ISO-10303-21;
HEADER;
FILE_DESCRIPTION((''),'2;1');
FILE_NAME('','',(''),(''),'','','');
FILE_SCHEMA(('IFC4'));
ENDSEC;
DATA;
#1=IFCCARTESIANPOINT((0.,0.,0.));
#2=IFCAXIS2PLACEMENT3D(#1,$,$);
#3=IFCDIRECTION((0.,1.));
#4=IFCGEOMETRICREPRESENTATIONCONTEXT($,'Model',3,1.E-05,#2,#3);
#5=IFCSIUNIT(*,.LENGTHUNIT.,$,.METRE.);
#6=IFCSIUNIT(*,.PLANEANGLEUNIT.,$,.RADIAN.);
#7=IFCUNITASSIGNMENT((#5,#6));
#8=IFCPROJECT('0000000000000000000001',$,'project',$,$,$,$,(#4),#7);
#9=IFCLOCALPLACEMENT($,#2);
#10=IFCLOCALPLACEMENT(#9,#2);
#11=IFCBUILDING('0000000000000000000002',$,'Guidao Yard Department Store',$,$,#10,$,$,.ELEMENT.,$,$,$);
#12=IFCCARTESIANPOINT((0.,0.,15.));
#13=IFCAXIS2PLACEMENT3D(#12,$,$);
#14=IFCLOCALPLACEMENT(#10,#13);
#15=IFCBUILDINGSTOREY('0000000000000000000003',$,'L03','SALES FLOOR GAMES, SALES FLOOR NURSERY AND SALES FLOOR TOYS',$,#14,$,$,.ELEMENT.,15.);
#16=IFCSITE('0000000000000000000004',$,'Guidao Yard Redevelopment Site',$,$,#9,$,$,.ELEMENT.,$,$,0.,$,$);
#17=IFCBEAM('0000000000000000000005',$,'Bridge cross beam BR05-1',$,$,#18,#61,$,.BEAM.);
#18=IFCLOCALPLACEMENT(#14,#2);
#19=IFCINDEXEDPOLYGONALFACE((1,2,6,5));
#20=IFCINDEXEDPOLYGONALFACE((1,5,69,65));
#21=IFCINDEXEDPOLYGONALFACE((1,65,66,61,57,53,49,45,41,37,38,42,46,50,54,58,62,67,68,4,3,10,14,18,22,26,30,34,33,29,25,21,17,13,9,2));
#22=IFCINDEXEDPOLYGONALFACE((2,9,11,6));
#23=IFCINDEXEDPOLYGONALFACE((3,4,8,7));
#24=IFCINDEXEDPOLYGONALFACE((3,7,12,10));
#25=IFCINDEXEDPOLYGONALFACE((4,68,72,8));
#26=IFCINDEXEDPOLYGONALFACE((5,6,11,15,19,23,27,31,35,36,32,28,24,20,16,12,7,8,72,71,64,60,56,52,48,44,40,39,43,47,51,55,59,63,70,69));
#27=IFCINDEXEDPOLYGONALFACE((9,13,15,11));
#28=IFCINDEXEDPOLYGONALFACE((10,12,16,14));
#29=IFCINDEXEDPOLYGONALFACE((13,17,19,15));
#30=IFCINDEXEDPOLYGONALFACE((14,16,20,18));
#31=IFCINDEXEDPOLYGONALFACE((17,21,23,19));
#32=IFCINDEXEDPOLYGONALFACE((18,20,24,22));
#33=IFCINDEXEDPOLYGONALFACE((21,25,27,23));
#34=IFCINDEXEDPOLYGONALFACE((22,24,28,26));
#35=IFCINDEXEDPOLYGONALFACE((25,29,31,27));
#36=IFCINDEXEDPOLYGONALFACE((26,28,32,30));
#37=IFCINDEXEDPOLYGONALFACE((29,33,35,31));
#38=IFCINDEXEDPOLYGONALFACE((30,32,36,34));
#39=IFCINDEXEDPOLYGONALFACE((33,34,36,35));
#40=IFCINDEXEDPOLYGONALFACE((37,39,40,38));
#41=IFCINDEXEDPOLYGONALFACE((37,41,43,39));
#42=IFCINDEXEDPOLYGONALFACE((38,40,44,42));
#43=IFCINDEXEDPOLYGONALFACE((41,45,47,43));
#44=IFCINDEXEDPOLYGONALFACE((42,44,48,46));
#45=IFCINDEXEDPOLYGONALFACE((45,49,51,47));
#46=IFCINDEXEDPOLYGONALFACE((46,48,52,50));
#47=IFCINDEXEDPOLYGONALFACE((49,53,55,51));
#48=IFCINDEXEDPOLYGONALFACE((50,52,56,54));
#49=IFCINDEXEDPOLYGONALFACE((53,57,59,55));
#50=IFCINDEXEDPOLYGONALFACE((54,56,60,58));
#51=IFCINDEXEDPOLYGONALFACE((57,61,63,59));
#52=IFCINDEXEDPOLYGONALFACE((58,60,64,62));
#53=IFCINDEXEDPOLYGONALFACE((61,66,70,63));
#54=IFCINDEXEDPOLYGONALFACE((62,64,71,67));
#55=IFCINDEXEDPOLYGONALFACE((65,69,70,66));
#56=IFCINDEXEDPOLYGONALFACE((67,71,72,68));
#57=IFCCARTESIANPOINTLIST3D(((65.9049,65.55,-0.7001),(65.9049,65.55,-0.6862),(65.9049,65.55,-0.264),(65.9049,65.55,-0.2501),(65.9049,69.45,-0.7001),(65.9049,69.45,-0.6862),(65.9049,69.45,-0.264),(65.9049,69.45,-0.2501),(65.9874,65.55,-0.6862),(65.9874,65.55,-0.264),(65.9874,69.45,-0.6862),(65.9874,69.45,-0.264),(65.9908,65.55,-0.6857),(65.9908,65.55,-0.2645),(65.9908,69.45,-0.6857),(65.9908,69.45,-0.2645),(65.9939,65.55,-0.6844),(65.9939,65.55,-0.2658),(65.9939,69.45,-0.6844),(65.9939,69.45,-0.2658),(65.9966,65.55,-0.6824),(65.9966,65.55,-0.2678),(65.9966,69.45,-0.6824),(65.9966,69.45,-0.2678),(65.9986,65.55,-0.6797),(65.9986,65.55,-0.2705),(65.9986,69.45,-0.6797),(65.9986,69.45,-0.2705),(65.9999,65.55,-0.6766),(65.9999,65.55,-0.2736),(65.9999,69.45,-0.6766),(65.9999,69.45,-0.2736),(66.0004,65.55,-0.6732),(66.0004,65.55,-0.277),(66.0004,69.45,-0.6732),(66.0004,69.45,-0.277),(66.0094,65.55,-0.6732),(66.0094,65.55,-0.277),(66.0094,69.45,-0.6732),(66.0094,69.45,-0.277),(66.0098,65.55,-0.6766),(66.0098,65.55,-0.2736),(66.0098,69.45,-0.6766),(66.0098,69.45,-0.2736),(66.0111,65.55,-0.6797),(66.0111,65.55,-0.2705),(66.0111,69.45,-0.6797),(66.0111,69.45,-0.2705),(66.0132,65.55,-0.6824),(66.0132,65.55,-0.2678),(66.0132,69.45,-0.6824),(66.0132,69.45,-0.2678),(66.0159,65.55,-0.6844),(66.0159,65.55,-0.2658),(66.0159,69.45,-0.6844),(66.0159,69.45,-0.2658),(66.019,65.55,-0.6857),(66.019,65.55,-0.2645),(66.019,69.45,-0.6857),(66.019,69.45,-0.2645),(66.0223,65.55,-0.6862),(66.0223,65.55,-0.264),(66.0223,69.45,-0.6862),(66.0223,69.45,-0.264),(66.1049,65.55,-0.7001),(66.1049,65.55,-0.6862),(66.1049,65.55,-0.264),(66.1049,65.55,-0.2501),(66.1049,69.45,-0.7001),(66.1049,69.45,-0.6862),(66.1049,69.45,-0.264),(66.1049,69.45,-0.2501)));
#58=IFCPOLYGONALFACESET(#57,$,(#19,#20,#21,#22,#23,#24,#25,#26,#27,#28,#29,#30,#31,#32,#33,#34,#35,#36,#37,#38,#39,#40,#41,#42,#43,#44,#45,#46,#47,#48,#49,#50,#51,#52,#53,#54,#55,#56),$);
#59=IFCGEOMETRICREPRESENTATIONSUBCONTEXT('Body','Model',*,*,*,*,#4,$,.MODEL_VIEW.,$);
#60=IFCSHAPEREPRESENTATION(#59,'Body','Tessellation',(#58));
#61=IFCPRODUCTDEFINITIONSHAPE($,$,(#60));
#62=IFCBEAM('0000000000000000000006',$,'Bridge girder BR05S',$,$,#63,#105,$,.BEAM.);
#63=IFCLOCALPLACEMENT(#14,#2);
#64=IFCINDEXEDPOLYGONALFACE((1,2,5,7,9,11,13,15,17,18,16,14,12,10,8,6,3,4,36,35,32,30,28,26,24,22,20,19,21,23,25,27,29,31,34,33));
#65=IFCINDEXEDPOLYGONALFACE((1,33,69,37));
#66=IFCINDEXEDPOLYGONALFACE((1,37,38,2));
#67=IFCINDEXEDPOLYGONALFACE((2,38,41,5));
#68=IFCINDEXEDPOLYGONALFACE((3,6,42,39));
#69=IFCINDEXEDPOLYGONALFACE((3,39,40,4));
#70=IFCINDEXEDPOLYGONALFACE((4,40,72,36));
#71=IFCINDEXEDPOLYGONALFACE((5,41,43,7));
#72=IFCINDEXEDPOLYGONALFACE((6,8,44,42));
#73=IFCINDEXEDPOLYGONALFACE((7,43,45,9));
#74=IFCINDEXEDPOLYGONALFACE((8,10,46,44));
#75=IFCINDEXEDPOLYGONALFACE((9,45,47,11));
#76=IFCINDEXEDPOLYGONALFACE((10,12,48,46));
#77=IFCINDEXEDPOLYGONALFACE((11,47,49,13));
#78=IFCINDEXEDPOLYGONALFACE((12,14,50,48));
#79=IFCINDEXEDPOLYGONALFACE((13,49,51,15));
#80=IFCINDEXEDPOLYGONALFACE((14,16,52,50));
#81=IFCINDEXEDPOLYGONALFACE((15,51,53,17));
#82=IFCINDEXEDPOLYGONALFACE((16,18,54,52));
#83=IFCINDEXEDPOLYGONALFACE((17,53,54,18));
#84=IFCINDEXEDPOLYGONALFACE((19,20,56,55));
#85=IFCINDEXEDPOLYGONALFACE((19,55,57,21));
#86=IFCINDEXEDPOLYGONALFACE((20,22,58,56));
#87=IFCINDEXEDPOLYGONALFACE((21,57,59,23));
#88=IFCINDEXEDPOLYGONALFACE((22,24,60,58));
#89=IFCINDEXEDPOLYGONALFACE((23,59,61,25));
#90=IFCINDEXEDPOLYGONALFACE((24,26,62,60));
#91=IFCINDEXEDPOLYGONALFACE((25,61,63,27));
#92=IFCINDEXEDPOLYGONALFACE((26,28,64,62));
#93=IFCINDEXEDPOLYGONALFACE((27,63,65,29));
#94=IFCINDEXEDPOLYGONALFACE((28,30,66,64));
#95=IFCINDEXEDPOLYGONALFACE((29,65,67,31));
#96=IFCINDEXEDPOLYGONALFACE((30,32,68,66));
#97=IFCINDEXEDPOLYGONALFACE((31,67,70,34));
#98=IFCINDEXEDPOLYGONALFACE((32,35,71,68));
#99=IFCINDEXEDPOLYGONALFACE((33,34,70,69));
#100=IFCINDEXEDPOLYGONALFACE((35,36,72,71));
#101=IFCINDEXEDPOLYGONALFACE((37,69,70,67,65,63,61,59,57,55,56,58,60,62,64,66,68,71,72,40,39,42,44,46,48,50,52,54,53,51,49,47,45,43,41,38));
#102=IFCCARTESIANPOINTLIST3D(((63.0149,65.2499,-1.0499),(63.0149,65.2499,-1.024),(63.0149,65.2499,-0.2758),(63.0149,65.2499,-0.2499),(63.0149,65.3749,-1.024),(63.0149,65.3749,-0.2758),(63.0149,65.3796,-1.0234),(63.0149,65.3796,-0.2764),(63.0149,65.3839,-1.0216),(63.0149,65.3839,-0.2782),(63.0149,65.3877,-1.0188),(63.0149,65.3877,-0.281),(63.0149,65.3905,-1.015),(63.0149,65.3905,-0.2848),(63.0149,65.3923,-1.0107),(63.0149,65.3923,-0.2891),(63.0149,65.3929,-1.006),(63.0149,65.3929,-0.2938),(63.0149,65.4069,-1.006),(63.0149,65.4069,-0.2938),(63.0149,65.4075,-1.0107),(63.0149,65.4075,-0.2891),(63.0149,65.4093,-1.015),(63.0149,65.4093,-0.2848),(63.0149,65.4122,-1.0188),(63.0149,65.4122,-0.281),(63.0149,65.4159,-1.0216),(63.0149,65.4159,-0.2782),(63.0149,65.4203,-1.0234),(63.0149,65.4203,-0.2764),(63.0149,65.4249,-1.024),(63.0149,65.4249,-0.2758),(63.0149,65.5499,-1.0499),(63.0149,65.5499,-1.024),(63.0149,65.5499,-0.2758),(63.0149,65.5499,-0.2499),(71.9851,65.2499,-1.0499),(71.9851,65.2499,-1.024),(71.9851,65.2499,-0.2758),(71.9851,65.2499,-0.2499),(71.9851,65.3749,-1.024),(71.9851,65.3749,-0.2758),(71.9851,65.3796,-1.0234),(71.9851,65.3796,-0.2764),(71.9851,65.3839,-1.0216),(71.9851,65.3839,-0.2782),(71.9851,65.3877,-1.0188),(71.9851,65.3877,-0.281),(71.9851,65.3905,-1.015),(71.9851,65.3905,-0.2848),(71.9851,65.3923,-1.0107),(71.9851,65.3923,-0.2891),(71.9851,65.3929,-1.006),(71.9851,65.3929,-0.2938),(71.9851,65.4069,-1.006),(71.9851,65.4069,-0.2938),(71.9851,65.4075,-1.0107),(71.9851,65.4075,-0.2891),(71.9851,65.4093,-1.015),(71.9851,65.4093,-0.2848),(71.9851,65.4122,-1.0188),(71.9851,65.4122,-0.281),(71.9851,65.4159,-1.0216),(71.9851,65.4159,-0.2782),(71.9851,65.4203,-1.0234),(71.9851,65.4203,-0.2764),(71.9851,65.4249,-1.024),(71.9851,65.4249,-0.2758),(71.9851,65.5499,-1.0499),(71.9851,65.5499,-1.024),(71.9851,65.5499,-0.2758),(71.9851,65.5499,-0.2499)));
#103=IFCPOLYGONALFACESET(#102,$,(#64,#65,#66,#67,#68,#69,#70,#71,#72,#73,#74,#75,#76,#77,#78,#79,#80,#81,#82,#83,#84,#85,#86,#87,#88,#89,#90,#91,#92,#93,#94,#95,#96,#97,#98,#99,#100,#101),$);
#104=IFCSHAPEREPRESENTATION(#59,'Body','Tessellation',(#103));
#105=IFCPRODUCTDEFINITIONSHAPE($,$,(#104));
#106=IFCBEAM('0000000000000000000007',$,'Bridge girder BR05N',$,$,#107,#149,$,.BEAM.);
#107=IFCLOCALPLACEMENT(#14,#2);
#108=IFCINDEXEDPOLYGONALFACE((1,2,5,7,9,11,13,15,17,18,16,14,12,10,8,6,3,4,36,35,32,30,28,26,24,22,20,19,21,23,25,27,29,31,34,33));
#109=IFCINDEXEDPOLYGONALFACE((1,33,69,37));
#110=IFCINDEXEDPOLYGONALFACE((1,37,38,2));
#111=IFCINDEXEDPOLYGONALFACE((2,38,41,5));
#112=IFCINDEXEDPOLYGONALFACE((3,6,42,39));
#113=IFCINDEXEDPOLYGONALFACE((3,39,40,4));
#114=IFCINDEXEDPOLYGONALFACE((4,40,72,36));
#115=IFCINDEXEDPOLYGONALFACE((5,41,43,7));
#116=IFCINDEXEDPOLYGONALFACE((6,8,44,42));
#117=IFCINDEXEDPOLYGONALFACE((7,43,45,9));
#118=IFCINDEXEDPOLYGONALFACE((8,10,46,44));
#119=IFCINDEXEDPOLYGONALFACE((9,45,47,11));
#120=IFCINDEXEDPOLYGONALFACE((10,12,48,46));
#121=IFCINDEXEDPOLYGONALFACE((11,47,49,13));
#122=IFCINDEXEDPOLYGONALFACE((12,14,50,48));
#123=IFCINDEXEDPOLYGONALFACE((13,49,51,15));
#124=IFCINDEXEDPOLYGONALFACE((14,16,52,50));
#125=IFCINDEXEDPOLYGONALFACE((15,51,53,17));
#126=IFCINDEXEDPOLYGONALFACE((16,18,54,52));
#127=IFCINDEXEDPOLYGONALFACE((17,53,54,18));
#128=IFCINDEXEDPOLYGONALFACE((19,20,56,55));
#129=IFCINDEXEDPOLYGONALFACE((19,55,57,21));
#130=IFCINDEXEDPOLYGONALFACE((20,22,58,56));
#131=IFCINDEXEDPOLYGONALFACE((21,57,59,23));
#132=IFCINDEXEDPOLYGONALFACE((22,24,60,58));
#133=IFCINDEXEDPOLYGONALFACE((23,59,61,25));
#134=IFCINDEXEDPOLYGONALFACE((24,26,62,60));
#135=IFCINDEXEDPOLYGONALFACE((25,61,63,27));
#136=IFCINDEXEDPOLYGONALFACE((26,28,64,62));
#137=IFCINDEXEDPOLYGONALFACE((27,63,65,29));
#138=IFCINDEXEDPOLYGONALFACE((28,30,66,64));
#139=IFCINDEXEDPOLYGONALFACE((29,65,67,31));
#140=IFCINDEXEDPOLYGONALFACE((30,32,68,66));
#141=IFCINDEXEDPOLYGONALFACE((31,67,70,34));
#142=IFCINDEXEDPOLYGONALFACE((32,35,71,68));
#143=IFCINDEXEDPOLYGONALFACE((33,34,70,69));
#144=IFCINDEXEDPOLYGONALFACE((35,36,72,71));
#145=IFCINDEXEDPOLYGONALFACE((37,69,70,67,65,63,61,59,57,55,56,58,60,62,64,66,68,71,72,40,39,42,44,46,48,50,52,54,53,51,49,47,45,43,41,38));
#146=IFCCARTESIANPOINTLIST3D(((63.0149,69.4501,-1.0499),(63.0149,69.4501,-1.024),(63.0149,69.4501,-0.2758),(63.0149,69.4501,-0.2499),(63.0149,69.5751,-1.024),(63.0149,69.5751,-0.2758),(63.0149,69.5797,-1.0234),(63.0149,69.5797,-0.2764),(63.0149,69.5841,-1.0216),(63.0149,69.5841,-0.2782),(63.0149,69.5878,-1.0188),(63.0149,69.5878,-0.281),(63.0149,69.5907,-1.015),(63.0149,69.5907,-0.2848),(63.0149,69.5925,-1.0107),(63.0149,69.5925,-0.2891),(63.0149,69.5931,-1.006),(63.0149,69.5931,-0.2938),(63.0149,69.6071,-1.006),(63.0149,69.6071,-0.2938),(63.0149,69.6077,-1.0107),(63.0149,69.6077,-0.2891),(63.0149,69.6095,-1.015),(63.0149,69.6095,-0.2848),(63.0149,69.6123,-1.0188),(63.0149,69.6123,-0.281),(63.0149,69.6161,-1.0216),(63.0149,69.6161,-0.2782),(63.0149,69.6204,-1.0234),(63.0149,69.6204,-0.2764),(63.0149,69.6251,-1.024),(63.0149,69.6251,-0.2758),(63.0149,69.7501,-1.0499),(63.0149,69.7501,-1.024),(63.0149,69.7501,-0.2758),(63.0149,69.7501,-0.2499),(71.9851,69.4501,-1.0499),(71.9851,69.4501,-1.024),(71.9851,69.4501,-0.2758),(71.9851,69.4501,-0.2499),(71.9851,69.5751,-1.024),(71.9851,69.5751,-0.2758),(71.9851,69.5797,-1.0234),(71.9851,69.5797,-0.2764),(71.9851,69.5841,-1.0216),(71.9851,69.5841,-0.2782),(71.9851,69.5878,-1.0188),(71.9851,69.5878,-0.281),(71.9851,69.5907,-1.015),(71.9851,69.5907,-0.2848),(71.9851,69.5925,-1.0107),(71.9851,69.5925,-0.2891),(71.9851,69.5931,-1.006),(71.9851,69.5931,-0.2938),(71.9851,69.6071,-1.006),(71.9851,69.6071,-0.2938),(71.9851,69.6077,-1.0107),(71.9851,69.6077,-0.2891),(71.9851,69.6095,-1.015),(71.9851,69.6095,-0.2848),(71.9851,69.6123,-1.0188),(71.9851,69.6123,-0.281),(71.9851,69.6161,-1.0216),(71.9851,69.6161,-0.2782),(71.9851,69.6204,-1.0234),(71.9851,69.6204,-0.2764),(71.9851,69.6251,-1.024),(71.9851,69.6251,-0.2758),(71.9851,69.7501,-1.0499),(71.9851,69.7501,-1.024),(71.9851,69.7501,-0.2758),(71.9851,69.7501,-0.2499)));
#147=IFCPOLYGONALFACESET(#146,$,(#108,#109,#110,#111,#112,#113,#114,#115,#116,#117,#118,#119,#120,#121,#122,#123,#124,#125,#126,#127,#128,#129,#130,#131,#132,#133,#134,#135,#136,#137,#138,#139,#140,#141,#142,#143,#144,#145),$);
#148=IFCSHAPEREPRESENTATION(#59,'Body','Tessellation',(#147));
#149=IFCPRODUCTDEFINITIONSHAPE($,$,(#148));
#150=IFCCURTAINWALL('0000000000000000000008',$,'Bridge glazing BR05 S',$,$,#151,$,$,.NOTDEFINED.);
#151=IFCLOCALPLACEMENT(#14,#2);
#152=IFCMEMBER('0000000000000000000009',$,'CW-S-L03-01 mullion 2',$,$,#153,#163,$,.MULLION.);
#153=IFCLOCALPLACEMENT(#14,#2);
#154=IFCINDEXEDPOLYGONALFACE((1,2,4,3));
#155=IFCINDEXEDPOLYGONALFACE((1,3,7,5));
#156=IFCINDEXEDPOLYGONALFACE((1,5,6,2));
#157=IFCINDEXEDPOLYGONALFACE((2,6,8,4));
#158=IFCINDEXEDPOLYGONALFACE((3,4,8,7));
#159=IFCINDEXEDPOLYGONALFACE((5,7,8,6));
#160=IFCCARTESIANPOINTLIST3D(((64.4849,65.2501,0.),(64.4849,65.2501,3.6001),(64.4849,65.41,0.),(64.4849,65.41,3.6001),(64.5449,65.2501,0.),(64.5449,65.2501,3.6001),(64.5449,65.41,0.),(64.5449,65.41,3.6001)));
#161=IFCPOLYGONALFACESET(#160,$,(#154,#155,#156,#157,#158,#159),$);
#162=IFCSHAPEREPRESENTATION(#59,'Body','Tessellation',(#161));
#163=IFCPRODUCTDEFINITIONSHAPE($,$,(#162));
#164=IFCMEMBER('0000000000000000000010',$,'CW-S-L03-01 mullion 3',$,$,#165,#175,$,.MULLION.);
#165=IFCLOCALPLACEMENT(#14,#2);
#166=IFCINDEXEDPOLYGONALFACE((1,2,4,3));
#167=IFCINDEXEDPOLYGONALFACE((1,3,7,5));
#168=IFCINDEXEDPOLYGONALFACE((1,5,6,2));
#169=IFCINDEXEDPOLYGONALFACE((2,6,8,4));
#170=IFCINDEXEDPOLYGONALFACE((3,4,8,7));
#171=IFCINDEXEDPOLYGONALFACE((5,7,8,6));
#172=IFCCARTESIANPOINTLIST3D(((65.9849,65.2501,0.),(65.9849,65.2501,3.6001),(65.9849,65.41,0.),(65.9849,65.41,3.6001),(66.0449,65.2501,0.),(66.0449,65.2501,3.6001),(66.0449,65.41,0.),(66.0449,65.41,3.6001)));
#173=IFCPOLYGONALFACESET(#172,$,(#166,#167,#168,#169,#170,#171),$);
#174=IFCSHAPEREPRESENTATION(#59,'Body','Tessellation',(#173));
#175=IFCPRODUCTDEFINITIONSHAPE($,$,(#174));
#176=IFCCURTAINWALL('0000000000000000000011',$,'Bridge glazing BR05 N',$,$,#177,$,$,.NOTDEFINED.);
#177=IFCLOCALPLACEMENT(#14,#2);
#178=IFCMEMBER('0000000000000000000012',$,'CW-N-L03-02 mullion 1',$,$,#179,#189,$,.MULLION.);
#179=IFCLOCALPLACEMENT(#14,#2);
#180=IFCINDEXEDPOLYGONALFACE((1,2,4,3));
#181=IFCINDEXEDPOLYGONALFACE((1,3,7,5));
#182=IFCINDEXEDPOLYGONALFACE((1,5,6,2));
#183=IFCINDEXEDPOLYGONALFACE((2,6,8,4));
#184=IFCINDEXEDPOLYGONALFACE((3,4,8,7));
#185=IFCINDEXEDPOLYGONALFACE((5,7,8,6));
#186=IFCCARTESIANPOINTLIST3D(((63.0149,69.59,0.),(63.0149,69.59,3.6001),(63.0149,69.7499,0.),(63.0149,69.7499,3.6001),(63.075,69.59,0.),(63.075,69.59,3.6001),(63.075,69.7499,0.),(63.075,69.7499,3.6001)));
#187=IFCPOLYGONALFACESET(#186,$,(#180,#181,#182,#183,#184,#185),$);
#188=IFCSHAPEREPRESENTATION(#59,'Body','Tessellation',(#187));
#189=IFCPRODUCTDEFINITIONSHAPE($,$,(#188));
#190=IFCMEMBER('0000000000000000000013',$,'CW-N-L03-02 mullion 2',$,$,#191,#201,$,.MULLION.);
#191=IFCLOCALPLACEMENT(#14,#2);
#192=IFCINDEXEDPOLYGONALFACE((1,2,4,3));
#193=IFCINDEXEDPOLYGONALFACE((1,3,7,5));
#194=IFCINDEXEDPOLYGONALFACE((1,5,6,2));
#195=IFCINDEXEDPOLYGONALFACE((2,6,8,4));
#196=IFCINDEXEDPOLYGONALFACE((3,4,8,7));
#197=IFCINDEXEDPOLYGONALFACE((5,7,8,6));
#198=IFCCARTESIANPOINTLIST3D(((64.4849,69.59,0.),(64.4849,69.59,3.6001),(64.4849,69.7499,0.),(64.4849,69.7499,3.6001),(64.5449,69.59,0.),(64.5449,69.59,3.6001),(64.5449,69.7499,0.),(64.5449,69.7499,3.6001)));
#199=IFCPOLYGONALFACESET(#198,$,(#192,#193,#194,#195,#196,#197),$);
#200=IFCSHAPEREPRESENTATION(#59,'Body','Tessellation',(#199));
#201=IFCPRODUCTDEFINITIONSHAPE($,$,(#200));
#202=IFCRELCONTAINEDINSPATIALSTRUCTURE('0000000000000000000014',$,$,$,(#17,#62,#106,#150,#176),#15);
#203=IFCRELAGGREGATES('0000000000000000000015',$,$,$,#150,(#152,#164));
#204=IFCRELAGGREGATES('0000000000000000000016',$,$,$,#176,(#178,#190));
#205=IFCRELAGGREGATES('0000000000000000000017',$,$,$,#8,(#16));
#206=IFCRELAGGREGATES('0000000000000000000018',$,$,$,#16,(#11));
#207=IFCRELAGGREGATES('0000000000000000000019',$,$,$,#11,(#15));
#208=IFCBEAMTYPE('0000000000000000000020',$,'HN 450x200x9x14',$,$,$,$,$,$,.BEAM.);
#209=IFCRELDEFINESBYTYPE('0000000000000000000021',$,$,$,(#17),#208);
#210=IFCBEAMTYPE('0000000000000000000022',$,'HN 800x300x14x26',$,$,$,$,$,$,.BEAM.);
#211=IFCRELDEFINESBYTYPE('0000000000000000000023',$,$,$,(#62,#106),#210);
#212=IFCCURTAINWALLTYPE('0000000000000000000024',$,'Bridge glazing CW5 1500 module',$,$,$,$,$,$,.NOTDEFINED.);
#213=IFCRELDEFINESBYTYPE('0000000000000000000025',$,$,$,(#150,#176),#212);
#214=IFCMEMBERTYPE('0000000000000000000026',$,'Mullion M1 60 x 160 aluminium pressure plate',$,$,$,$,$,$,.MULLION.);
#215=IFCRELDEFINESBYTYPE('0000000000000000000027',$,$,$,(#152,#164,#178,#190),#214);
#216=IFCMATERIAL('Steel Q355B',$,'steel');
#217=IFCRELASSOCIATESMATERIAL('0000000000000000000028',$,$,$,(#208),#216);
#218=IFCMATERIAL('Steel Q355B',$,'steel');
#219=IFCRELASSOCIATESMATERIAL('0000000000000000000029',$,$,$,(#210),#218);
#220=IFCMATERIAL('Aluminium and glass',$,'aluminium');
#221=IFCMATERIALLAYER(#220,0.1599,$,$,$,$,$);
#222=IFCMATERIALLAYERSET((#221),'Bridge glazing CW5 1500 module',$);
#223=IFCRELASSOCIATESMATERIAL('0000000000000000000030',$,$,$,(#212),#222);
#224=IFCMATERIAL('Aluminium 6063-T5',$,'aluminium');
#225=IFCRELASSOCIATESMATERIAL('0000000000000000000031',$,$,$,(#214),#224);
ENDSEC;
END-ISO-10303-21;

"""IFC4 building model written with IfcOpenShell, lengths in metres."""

from ifc_helpers import new_model, si_unit, direction, frame, origin, origin_2d, place, context, subcontext, project, spatial, rectangle, i_section, extrude, material, layer, layer_set, material_profile, profile_set, type_object, element, aggregate, save


model = new_model("IFC4")

# Units and contexts
model_context = context("Model", 3, precision=1e-05, world=origin(), true_north=direction((0.0, 1.0)))
body_context = subcontext(model_context, "Body", "Model", "MODEL_VIEW")
ifc_project = project(units=[si_unit("LENGTHUNIT", "METRE"), si_unit("PLANEANGLEUNIT", "RADIAN")], contexts=[model_context])

# Site, building, storey
site_placement = place(None, origin())
site = spatial("IfcSite", under=ifc_project, at=site_placement, Name="Guidao Yard Redevelopment Site", CompositionType="ELEMENT", RefElevation=0.0)
building_placement = place(site_placement, origin())
building = spatial("IfcBuilding", under=site, at=building_placement, Name="Guidao Yard Department Store", CompositionType="ELEMENT")
storey_placement = place(building_placement, frame((0.0, 0.0, 15.0)))
storey = spatial("IfcBuildingStorey", under=building, at=storey_placement, Name="L03", Description="SALES FLOOR GAMES, SALES FLOOR NURSERY AND SALES FLOOR TOYS", CompositionType="ELEMENT", Elevation=15.0)

# Beams
ifc_material_1 = material(Name="Steel Q355B", Category="steel")
ifc_material_profile_1 = material_profile(ifc_material_1, i_section(OverallWidth=0.2, OverallDepth=0.45, WebThickness=0.009, FlangeThickness=0.0139, FilletRadius=0.0129, at=origin_2d()), Name="HN 450x200x9x14")
ifc_profile_set_1 = profile_set([ifc_material_profile_1], Name="Steel Q355B")
beam_type_1 = type_object("IfcBeamType", Name="HN 450x200x9x14", PredefinedType="BEAM", material=ifc_profile_set_1)
beam_placement = place(storey_placement, frame((66.0049, 65.55, -0.4751), z_axis=(0.0, 1.0, 0.0), x_axis=(-1.0, 0.0, 0.0)))
element("IfcBeam", 1, at=beam_placement, inside=storey, type_object=beam_type_1, Name="Bridge cross beam BR05-1", PredefinedType="BEAM", context=body_context, shape_type="SweptSolid", body=[
    extrude(i_section(OverallWidth=0.2, OverallDepth=0.45, WebThickness=0.009, FlangeThickness=0.0139, FilletRadius=0.0129, at=origin_2d()), origin(), (0.0, 0.0, 1.0), 3.8999),
])
ifc_material_2 = material(Name="Steel Q355B", Category="steel")
ifc_material_profile_2 = material_profile(ifc_material_2, i_section(OverallWidth=0.3, OverallDepth=0.8, WebThickness=0.0139, FlangeThickness=0.0259, FilletRadius=0.0181, at=origin_2d()), Name="HN 800x300x14x26")
ifc_profile_set_2 = profile_set([ifc_material_profile_2], Name="Steel Q355B")
beam_type_2 = type_object("IfcBeamType", Name="HN 800x300x14x26", PredefinedType="BEAM", material=ifc_profile_set_2)
for number, where, z_axis, x_axis, name in (
    (2, (63.0149, 65.3999, -0.6499), (1.0, 0.0, 0.0), (0.0, 1.0, 0.0), "Bridge girder BR05S"),
    (3, (63.0149, 69.6001, -0.6499), (1.0, 0.0, 0.0), (0.0, 1.0, 0.0), "Bridge girder BR05N"),
):
    element("IfcBeam", number, at=place(storey_placement, frame(where, z_axis=z_axis, x_axis=x_axis)), inside=storey, type_object=beam_type_2, Name=name, PredefinedType="BEAM", context=body_context, shape_type="SweptSolid", body=[
        extrude(i_section(OverallWidth=0.3, OverallDepth=0.8, WebThickness=0.0139, FlangeThickness=0.0259, FilletRadius=0.0181, at=origin_2d()), origin(), (0.0, 0.0, 1.0), 8.9702),
    ])

# Curtain walls, members
ifc_material_3 = material(Name="Aluminium and glass", Category="aluminium")
ifc_layer_1 = layer(ifc_material_3, 0.1599)
ifc_layer_set_1 = layer_set([ifc_layer_1], Name="Bridge glazing CW5 1500 module")
curtain_wall_type = type_object("IfcCurtainWallType", Name="Bridge glazing CW5 1500 module", PredefinedType="NOTDEFINED", material=ifc_layer_set_1)
curtain_wall_1_placement = place(storey_placement, origin())
curtain_wall_1 = element("IfcCurtainWall", 4, at=curtain_wall_1_placement, inside=storey, type_object=curtain_wall_type, Name="Bridge glazing BR05 S", PredefinedType="NOTDEFINED")
ifc_material_4 = material(Name="Aluminium 6063-T5", Category="aluminium")
ifc_material_profile_3 = material_profile(ifc_material_4, rectangle(XDim=0.0601, YDim=0.1599, at=origin_2d()), Name="Mullion M1 60 x 160 aluminium pressure plate")
ifc_profile_set_3 = profile_set([ifc_material_profile_3], Name="Aluminium 6063-T5")
member_type_1 = type_object("IfcMemberType", Name="Mullion M1 60 x 160 aluminium pressure plate", PredefinedType="MULLION", material=ifc_profile_set_3)
member_1_placement = place(storey_placement, frame((64.5149, 65.3301, 0.0), z_axis=(0.0, 0.0, 1.0), x_axis=(-1.0, 0.0, 0.0)))
member_1 = element("IfcMember", 5, at=member_1_placement, type_object=member_type_1, Name="CW-S-L03-01 mullion 2", PredefinedType="MULLION", context=body_context, shape_type="SweptSolid", body=[
    extrude(rectangle(XDim=0.0601, YDim=0.1599, at=origin_2d()), origin(), (0.0, 0.0, 1.0), 3.6001),
])
member_2_placement = place(storey_placement, frame((66.0149, 65.3301, 0.0), z_axis=(0.0, 0.0, 1.0), x_axis=(-1.0, 0.0, 0.0)))
member_2 = element("IfcMember", 6, at=member_2_placement, type_object=member_type_1, Name="CW-S-L03-01 mullion 3", PredefinedType="MULLION", context=body_context, shape_type="SweptSolid", body=[
    extrude(rectangle(XDim=0.0601, YDim=0.1599, at=origin_2d()), origin(), (0.0, 0.0, 1.0), 3.6001),
])
curtain_wall_2_placement = place(storey_placement, origin())
curtain_wall_2 = element("IfcCurtainWall", 7, at=curtain_wall_2_placement, inside=storey, type_object=curtain_wall_type, Name="Bridge glazing BR05 N", PredefinedType="NOTDEFINED")
member_3_placement = place(storey_placement, frame((63.0449, 69.6699, 0.0), z_axis=(0.0, 0.0, 1.0), x_axis=(1.0, 0.0, 0.0)))
member_3 = element("IfcMember", 8, at=member_3_placement, type_object=member_type_1, Name="CW-N-L03-02 mullion 1", PredefinedType="MULLION", context=body_context, shape_type="SweptSolid", body=[
    extrude(rectangle(XDim=0.0601, YDim=0.1599, at=origin_2d()), origin(), (0.0, 0.0, 1.0), 3.6001),
])
member_4_placement = place(storey_placement, frame((64.5149, 69.6699, 0.0), z_axis=(0.0, 0.0, 1.0), x_axis=(1.0, 0.0, 0.0)))
member_4 = element("IfcMember", 9, at=member_4_placement, type_object=member_type_1, Name="CW-N-L03-02 mullion 2", PredefinedType="MULLION", context=body_context, shape_type="SweptSolid", body=[
    extrude(rectangle(XDim=0.0601, YDim=0.1599, at=origin_2d()), origin(), (0.0, 0.0, 1.0), 3.6001),
])

aggregate(curtain_wall_1, [member_1, member_2])
aggregate(curtain_wall_2, [member_3, member_4])

save(model, "model.ifc")
